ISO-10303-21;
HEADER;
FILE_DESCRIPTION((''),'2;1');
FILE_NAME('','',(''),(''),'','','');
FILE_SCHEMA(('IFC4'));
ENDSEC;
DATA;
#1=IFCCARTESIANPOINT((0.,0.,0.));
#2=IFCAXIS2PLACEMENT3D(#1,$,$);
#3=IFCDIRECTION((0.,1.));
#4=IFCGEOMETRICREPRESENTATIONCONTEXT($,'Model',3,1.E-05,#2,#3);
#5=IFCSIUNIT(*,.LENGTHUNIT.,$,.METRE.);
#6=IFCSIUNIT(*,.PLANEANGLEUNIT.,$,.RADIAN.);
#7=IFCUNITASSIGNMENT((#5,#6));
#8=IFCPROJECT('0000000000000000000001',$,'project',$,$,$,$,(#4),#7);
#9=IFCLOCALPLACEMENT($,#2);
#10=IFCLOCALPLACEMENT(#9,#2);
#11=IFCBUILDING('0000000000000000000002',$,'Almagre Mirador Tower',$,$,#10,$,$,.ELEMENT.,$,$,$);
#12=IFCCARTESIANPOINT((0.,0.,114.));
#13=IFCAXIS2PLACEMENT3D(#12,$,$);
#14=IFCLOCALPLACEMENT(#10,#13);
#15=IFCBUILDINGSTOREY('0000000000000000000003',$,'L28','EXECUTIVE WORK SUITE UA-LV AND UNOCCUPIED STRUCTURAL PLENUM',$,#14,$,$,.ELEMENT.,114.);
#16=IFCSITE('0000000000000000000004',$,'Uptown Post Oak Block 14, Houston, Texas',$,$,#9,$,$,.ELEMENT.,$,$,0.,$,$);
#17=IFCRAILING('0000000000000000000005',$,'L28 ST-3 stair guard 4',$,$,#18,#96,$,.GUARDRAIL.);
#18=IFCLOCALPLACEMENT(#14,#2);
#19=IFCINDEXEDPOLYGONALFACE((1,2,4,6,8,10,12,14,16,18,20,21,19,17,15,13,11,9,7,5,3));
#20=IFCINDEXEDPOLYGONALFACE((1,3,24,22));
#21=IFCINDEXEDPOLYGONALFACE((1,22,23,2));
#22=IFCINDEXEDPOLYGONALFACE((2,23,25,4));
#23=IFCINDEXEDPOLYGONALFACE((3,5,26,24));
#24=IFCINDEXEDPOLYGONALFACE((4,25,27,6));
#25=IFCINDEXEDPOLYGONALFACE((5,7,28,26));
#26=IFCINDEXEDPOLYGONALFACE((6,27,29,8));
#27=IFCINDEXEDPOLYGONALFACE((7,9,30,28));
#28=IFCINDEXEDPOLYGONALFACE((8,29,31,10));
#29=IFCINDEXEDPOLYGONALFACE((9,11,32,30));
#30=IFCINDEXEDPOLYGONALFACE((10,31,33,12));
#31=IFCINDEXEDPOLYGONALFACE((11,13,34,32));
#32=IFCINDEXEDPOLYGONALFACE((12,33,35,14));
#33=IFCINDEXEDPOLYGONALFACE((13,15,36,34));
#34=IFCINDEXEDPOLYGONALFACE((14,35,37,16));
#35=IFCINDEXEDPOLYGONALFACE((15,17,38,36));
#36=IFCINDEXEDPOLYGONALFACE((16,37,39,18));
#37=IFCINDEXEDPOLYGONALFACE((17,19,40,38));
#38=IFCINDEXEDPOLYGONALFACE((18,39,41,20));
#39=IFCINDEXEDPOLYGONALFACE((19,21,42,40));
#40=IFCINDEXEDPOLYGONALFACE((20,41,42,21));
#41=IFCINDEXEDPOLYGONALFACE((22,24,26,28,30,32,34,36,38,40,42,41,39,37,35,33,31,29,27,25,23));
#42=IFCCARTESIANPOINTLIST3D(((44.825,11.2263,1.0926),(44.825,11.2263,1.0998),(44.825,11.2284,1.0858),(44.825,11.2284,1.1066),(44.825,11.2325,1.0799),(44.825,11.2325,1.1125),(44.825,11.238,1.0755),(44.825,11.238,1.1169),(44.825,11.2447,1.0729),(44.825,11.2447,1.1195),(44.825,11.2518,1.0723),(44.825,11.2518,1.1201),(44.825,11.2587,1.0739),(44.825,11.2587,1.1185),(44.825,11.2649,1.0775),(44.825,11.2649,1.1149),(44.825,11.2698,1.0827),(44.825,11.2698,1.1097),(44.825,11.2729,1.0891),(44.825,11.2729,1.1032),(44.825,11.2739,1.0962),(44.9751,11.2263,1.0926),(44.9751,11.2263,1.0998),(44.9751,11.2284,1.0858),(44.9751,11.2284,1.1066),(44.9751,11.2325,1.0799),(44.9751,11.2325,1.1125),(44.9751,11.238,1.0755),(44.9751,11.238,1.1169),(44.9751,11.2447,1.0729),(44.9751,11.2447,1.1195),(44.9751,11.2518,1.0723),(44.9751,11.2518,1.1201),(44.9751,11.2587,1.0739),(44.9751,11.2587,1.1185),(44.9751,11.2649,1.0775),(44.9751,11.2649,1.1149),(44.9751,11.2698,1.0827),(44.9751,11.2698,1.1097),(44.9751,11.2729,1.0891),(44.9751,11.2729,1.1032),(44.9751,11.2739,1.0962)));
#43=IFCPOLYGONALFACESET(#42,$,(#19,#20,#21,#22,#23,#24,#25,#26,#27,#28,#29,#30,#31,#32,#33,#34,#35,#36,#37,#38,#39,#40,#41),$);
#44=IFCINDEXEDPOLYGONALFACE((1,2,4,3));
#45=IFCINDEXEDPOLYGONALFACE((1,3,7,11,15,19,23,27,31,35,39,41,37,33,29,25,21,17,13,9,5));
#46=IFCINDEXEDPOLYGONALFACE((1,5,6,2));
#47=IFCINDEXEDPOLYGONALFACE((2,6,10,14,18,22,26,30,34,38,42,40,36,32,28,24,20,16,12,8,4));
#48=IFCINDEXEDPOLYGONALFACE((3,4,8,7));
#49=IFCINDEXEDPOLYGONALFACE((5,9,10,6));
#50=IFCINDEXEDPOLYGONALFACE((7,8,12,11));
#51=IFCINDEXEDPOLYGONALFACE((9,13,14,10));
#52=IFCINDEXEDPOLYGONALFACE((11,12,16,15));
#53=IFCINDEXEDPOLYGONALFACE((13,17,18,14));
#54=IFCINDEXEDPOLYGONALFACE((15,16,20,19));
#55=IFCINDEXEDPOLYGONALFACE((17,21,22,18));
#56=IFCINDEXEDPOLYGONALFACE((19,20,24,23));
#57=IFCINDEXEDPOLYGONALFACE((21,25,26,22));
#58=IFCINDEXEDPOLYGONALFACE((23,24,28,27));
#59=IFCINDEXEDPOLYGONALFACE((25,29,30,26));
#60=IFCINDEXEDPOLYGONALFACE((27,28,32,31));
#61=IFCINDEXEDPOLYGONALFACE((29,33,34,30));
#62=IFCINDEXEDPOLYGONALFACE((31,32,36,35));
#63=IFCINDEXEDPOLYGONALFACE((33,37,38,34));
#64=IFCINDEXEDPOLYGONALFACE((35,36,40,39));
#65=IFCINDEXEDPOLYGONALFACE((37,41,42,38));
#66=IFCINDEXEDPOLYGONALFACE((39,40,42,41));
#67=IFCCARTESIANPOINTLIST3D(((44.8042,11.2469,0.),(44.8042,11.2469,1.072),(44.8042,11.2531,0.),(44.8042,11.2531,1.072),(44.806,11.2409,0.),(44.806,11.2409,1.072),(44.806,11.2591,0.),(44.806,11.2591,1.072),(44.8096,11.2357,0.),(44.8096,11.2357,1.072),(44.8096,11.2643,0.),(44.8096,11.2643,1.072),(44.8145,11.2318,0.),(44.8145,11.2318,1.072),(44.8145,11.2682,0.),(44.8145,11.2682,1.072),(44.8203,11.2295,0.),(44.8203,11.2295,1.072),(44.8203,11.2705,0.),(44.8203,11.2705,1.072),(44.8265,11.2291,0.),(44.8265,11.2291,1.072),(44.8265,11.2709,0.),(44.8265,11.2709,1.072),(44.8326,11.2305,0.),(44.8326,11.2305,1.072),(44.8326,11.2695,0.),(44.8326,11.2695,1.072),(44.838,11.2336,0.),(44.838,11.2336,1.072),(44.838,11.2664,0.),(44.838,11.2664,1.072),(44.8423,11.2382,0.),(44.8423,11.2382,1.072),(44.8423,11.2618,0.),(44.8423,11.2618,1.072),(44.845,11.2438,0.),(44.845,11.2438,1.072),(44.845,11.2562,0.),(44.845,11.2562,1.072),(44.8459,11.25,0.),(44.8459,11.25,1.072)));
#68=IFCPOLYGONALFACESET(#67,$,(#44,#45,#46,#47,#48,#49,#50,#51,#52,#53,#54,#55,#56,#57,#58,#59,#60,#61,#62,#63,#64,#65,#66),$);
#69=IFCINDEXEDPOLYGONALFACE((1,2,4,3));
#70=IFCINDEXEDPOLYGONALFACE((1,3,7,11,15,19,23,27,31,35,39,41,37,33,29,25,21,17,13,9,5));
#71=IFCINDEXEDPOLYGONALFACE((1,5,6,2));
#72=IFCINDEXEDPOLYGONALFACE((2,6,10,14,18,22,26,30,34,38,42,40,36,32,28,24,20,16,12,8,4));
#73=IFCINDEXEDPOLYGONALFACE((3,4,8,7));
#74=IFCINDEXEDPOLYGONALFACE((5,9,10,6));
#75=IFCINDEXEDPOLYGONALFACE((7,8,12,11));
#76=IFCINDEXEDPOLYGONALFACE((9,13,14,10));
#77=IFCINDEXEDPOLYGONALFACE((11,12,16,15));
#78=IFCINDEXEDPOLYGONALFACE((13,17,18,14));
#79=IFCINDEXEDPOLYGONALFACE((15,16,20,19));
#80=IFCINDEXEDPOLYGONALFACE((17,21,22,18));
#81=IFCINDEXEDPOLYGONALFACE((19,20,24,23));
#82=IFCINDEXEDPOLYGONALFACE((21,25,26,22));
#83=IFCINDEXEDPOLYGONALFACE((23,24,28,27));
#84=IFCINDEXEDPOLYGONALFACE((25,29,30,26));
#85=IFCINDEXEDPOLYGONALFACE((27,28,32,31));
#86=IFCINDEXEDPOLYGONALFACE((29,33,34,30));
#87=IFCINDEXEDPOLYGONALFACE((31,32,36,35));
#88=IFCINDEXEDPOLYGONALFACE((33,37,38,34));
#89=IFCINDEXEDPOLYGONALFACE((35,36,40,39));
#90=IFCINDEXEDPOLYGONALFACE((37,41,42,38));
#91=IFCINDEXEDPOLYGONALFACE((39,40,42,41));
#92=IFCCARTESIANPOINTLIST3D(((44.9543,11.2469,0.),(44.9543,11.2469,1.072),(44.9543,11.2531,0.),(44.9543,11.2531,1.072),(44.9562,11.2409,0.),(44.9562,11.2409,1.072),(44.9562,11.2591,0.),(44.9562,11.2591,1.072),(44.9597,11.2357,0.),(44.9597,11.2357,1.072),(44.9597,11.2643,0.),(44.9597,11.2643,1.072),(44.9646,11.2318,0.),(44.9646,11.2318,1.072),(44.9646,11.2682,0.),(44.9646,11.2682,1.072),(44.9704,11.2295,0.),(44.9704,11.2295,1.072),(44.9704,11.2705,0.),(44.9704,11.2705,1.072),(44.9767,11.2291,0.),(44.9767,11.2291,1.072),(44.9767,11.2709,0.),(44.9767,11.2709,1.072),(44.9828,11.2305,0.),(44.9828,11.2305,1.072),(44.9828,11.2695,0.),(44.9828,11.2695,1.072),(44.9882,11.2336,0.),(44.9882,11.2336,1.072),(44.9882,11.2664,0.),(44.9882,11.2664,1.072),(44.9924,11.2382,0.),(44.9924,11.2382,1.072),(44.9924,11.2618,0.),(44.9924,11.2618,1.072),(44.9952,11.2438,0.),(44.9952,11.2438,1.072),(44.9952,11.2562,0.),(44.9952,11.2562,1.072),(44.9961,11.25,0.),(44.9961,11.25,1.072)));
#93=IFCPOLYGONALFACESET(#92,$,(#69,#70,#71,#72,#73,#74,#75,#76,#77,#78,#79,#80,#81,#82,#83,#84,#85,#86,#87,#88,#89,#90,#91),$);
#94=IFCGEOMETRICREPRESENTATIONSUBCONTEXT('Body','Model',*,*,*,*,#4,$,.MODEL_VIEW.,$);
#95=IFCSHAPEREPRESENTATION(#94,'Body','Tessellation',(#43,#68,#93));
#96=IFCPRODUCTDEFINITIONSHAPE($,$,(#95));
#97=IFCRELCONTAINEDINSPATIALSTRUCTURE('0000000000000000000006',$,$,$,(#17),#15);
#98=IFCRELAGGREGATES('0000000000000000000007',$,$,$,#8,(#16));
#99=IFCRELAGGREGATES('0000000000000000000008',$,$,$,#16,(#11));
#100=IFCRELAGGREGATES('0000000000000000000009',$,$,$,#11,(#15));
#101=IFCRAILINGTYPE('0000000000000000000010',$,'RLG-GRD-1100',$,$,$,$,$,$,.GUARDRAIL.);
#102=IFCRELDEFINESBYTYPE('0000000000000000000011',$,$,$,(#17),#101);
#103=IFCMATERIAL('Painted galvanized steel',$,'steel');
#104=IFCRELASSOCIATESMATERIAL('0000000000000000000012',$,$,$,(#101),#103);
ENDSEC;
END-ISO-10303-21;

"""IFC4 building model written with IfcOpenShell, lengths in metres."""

from ifc_helpers import new_model, si_unit, direction, frame, origin, origin_2d, place, context, subcontext, project, spatial, circle, extrude, material, type_object, element, save


model = new_model("IFC4")

# Units and contexts
model_context = context("Model", 3, precision=1e-05, world=origin(), true_north=direction((0.0, 1.0)))
body_context = subcontext(model_context, "Body", "Model", "MODEL_VIEW")
ifc_project = project(units=[si_unit("LENGTHUNIT", "METRE"), si_unit("PLANEANGLEUNIT", "RADIAN")], contexts=[model_context])

# Site, building, storey
site_placement = place(None, origin())
site = spatial("IfcSite", under=ifc_project, at=site_placement, Name="Uptown Post Oak Block 14, Houston, Texas", CompositionType="ELEMENT", RefElevation=0.0)
building_placement = place(site_placement, origin())
building = spatial("IfcBuilding", under=site, at=building_placement, Name="Almagre Mirador Tower", CompositionType="ELEMENT")
storey_placement = place(building_placement, frame((0.0, 0.0, 114.0)))
storey = spatial("IfcBuildingStorey", under=building, at=storey_placement, Name="L28", Description="EXECUTIVE WORK SUITE UA-LV AND UNOCCUPIED STRUCTURAL PLENUM", CompositionType="ELEMENT", Elevation=114.0)

# Railing
ifc_material_1 = material(Name="Painted galvanized steel", Category="steel")
railing_type_1 = type_object("IfcRailingType", Name="RLG-GRD-1100", PredefinedType="GUARDRAIL", material=ifc_material_1)
railing_1_placement = place(storey_placement, frame((44.825, 11.25, 0.0)))
element("IfcRailing", 1, at=railing_1_placement, inside=storey, type_object=railing_type_1, Name="L28 ST-3 stair guard 4", PredefinedType="GUARDRAIL", context=body_context, shape_type="SweptSolid", body=[
    extrude(circle(Radius=0.0239, at=origin_2d()), frame((0.0, 0.0, 1.0962), z_axis=(1.0, 0.0, 0.0), x_axis=(0.0, 1.0, 0.0)), (0.0, 0.0, 1.0), 0.1501),
    extrude(circle(Radius=0.021, at=origin_2d()), origin(), (0.0, 0.0, 1.0), 1.072),
    extrude(circle(Radius=0.021, at=origin_2d()), frame((0.1501, 0.0, 0.0)), (0.0, 0.0, 1.0), 1.072),
])

save(model, "model.ifc")
